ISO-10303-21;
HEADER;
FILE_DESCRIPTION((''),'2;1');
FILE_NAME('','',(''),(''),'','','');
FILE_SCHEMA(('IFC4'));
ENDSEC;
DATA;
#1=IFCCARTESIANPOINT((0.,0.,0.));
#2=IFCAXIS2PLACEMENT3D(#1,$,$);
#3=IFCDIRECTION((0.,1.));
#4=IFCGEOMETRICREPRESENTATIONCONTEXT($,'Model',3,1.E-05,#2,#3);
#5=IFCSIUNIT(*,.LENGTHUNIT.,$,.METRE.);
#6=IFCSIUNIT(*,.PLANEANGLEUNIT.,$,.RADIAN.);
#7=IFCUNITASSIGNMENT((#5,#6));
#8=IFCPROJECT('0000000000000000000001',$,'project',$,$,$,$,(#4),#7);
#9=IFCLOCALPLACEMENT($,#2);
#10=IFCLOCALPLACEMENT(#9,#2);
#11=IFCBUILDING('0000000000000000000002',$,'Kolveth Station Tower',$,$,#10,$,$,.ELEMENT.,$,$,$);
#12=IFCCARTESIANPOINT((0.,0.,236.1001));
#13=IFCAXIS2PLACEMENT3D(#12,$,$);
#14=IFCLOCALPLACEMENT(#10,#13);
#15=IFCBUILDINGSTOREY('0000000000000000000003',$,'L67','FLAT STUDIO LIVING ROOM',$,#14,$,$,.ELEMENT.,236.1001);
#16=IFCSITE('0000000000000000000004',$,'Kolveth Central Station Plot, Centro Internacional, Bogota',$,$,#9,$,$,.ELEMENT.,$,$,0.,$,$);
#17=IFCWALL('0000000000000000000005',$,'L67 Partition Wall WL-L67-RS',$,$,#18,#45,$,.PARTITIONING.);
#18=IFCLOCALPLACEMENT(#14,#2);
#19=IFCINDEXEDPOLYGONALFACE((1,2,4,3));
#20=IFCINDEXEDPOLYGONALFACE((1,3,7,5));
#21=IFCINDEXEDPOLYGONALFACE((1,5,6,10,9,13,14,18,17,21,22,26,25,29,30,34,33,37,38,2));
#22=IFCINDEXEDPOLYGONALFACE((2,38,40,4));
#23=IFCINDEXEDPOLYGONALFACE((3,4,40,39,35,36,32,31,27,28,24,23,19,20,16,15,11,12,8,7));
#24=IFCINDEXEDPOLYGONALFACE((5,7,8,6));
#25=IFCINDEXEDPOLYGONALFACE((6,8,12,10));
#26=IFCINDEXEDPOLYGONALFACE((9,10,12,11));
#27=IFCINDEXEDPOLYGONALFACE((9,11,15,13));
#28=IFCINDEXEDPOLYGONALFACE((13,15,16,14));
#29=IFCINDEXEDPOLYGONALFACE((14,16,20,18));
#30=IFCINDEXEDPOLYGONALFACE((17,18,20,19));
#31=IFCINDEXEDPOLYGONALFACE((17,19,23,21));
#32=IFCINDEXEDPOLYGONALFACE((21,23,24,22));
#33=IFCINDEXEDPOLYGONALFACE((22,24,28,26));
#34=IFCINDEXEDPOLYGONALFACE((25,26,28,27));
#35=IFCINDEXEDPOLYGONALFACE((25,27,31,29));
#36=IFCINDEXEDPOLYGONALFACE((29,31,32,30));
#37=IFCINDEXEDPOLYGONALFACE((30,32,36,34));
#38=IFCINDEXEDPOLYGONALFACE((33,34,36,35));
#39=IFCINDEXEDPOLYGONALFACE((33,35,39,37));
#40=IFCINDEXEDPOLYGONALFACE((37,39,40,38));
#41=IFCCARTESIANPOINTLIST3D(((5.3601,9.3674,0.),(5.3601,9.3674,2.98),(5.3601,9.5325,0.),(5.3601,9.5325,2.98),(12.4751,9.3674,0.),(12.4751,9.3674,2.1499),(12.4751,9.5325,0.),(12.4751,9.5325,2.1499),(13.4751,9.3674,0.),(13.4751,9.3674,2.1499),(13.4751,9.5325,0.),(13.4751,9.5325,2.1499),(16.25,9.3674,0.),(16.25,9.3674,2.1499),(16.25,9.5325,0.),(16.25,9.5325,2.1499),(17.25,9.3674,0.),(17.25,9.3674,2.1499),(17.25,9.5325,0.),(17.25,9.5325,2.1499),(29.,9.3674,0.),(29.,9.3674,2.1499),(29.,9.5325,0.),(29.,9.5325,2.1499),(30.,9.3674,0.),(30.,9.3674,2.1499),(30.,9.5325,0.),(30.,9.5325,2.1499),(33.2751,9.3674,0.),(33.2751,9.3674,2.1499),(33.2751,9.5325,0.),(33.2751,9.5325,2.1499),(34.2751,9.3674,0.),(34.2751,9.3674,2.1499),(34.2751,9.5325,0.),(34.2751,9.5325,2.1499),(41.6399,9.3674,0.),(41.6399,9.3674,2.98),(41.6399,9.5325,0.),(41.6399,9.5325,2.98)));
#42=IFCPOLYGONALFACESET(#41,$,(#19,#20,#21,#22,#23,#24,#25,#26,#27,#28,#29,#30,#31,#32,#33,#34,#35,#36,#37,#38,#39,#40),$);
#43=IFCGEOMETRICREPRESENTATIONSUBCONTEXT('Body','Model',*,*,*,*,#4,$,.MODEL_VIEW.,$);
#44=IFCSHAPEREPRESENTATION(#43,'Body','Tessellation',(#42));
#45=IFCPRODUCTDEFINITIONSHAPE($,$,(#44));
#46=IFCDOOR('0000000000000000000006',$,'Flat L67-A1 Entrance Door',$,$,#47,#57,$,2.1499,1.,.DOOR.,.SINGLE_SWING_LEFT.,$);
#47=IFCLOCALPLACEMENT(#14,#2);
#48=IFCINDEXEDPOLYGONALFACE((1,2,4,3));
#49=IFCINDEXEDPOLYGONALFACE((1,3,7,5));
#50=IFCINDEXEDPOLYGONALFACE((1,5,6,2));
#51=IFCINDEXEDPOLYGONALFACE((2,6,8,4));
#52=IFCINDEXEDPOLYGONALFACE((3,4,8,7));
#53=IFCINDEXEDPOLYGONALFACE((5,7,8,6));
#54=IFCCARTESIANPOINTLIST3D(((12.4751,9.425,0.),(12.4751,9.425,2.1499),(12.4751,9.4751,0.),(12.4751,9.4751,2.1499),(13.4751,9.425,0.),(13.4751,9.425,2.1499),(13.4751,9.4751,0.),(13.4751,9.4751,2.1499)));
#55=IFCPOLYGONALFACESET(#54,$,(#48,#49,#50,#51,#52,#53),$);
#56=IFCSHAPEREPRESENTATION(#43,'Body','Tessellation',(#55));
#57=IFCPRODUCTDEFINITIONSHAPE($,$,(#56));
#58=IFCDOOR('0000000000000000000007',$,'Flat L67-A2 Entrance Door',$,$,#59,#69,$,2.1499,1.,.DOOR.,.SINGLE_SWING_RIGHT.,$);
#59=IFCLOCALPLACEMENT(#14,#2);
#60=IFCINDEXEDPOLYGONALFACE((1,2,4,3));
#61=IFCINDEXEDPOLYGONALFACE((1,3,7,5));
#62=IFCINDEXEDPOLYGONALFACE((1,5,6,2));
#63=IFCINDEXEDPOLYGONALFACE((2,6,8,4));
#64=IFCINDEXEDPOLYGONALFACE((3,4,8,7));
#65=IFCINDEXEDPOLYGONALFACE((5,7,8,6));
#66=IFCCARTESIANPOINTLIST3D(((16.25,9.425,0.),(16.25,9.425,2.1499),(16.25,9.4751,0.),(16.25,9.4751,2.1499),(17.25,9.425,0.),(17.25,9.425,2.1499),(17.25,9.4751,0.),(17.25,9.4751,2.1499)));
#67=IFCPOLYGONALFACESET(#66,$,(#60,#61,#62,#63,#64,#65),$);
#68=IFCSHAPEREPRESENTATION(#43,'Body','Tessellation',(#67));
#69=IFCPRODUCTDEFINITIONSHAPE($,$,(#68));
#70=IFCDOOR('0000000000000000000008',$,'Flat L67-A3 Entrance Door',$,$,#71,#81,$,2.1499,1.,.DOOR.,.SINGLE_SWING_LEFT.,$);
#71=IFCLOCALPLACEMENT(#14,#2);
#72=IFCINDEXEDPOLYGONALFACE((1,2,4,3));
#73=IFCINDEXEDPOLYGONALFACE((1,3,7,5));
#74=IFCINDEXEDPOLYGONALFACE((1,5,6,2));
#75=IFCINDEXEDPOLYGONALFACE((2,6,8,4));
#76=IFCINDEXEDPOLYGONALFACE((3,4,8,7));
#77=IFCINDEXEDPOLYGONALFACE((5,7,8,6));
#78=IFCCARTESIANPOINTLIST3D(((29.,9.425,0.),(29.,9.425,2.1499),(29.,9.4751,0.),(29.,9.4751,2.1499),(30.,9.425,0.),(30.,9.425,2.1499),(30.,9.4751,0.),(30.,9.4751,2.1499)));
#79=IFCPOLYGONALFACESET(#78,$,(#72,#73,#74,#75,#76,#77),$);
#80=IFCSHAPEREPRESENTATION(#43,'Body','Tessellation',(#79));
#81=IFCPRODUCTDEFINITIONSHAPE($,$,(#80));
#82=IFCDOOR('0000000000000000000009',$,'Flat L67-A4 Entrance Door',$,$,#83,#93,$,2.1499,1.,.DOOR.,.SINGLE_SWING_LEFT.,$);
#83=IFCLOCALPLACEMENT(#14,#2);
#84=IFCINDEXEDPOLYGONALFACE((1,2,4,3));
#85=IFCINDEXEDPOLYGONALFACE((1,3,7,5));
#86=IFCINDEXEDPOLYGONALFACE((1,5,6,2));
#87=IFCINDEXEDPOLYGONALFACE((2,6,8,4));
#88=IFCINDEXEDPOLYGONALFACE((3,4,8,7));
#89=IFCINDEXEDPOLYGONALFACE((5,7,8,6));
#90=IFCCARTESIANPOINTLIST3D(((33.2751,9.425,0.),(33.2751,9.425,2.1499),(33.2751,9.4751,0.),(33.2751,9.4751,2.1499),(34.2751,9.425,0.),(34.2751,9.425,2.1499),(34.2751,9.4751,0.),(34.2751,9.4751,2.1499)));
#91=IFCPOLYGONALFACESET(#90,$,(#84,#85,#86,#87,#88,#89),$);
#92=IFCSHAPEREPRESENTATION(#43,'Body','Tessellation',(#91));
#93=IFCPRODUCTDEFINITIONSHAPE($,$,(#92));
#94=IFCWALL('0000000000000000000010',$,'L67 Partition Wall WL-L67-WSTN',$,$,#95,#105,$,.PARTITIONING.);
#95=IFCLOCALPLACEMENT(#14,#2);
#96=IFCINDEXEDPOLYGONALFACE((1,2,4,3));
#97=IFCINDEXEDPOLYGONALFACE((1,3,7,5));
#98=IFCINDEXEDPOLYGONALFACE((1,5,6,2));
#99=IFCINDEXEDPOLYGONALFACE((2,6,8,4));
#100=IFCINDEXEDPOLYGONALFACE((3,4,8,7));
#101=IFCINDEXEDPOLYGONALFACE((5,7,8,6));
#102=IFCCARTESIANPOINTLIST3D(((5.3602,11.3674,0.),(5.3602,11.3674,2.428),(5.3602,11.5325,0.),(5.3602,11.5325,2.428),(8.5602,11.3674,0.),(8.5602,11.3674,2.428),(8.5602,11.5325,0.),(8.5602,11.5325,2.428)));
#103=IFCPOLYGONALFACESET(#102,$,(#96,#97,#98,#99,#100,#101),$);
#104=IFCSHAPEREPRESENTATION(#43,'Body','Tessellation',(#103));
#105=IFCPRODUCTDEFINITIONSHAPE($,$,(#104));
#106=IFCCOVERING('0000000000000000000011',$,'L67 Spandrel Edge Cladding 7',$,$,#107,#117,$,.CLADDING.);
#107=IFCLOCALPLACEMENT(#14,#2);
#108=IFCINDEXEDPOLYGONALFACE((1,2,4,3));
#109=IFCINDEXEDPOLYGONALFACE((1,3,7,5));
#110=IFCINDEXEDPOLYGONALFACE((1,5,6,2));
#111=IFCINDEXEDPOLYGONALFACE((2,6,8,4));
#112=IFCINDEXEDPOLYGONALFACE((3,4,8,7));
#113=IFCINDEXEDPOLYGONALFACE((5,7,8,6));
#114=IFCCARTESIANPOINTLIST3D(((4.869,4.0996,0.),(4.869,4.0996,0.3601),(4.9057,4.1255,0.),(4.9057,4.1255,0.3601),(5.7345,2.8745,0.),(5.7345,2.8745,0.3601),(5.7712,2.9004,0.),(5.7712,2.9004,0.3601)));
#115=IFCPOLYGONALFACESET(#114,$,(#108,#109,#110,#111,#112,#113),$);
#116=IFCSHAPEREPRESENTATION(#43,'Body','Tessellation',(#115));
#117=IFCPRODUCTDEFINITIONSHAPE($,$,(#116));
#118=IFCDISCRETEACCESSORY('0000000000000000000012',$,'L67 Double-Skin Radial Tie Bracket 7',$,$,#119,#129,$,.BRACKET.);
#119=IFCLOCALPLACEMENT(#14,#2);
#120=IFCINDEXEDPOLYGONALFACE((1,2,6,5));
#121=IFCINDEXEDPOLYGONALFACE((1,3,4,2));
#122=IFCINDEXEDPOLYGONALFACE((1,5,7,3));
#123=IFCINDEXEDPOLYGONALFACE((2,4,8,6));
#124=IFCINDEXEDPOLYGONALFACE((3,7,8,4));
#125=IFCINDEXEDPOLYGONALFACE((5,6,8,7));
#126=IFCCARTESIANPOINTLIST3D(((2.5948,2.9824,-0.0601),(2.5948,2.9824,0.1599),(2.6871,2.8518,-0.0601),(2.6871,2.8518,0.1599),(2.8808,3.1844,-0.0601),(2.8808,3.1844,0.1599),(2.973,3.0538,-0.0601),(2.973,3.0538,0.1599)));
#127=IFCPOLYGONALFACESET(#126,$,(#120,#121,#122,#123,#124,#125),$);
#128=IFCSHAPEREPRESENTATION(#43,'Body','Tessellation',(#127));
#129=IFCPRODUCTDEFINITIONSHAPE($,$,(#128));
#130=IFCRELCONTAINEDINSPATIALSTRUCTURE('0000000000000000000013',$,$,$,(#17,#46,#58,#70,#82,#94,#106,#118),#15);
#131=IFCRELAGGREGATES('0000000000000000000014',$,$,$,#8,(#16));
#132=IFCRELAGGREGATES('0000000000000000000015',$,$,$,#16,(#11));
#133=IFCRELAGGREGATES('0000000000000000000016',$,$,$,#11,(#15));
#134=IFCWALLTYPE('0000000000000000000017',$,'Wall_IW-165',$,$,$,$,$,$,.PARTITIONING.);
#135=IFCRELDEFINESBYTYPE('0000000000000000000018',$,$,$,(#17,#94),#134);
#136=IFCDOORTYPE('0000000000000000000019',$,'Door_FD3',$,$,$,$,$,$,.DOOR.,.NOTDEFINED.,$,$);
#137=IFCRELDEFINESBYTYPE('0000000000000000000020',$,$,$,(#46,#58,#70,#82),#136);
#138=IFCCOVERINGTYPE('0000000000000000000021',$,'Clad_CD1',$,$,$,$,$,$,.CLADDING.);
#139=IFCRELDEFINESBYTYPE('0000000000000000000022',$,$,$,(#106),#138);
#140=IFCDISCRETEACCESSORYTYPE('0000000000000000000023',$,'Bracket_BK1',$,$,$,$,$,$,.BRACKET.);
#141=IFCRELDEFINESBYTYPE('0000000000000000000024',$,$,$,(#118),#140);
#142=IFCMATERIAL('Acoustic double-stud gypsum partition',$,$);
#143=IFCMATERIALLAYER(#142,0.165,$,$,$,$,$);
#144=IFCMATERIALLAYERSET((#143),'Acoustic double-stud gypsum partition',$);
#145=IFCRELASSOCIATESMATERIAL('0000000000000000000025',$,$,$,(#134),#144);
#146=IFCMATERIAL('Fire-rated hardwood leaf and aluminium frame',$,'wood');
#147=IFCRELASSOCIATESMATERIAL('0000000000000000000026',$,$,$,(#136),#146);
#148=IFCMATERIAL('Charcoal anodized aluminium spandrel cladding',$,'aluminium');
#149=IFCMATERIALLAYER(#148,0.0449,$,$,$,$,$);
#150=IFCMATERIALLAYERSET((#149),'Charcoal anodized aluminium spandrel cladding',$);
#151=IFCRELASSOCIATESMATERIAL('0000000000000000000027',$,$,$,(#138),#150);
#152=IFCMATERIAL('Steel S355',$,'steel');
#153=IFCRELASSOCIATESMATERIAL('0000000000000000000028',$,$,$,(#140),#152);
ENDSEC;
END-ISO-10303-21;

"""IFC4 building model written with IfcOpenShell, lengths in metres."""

from ifc_helpers import new_model, si_unit, direction, frame, frame_2d, origin, origin_2d, place, context, subcontext, project, spatial, rectangle, extrude, source, transform, mapped, material, layer, layer_set, type_object, element, fill, save


model = new_model("IFC4")

# Units and contexts
model_context = context("Model", 3, precision=1e-05, world=origin(), true_north=direction((0.0, 1.0)))
body_context = subcontext(model_context, "Body", "Model", "MODEL_VIEW")
ifc_project = project(units=[si_unit("LENGTHUNIT", "METRE"), si_unit("PLANEANGLEUNIT", "RADIAN")], contexts=[model_context])

# Site, building, storey
site_placement = place(None, origin())
site = spatial("IfcSite", under=ifc_project, at=site_placement, Name="Kolveth Central Station Plot, Centro Internacional, Bogota", CompositionType="ELEMENT", RefElevation=0.0)
building_placement = place(site_placement, origin())
building = spatial("IfcBuilding", under=site, at=building_placement, Name="Kolveth Station Tower", CompositionType="ELEMENT")
storey_placement = place(building_placement, frame((0.0, 0.0, 236.1001)))
storey = spatial("IfcBuildingStorey", under=building, at=storey_placement, Name="L67", Description="FLAT STUDIO LIVING ROOM", CompositionType="ELEMENT", Elevation=236.1001)

# Shared definitions
ifc_material_1 = material(Name="Steel S355", Category="steel")

# Wall, openings, doors
ifc_material_2 = material(Name="Acoustic double-stud gypsum partition")
ifc_layer_1 = layer(ifc_material_2, 0.165)
ifc_layer_set_1 = layer_set([ifc_layer_1], Name="Acoustic double-stud gypsum partition")
wall_type_1 = type_object("IfcWallType", Name="Wall_IW-165", PredefinedType="PARTITIONING", material=ifc_layer_set_1)
wall_1_placement = place(storey_placement, frame((5.3601, 9.45, 0.0), z_axis=(0.0, 0.0, 1.0), x_axis=(1.0, 0.0, 0.0)))
wall_1 = element("IfcWall", 1, at=wall_1_placement, inside=storey, type_object=wall_type_1, Name="L67 Partition Wall WL-L67-RS", PredefinedType="PARTITIONING", context=body_context, shape_type="SweptSolid", body=[
    extrude(rectangle(XDim=36.2798, YDim=0.165, at=frame_2d((18.1399, 0.0))), origin(), (0.0, 0.0, 1.0), 2.98),
])
opening_1_placement = place(wall_1_placement, frame((7.115, 0.0, 0.0)))
opening_1 = element("IfcOpeningElement", 2, at=opening_1_placement, cuts=wall_1, PredefinedType="OPENING", context=body_context, shape_type="SweptSolid", body=[
    extrude(rectangle(XDim=1.0, YDim=2.1499, at=frame_2d((0.5, 1.075))), frame((0.0, 0.0925, 0.0), z_axis=(0.0, -1.0, 0.0), x_axis=(1.0, 0.0, 0.0)), (0.0, 0.0, 1.0), 0.1851),
])
opening_2_placement = place(wall_1_placement, frame((10.8899, 0.0, 0.0)))
opening_2 = element("IfcOpeningElement", 3, at=opening_2_placement, cuts=wall_1, PredefinedType="OPENING", context=body_context, shape_type="SweptSolid", body=[
    extrude(rectangle(XDim=1.0, YDim=2.1499, at=frame_2d((0.5, 1.075))), frame((0.0, 0.0925, 0.0), z_axis=(0.0, -1.0, 0.0), x_axis=(1.0, 0.0, 0.0)), (0.0, 0.0, 1.0), 0.1851),
])
opening_3_placement = place(wall_1_placement, frame((23.6399, 0.0, 0.0)))
opening_3 = element("IfcOpeningElement", 4, at=opening_3_placement, cuts=wall_1, PredefinedType="OPENING", context=body_context, shape_type="SweptSolid", body=[
    extrude(rectangle(XDim=1.0, YDim=2.1499, at=frame_2d((0.5, 1.075))), frame((0.0, 0.0925, 0.0), z_axis=(0.0, -1.0, 0.0), x_axis=(1.0, 0.0, 0.0)), (0.0, 0.0, 1.0), 0.1851),
])
opening_4_placement = place(wall_1_placement, frame((27.915, 0.0, 0.0)))
opening_4 = element("IfcOpeningElement", 5, at=opening_4_placement, cuts=wall_1, PredefinedType="OPENING", context=body_context, shape_type="SweptSolid", body=[
    extrude(rectangle(XDim=1.0, YDim=2.1499, at=frame_2d((0.5, 1.075))), frame((0.0, 0.0925, 0.0), z_axis=(0.0, -1.0, 0.0), x_axis=(1.0, 0.0, 0.0)), (0.0, 0.0, 1.0), 0.1851),
])
ifc_material_3 = material(Name="Fire-rated hardwood leaf and aluminium frame", Category="wood")
door_type_1 = type_object("IfcDoorType", Name="Door_FD3", OperationType="NOTDEFINED", PredefinedType="DOOR", material=ifc_material_3)
door_1_placement = place(opening_1_placement, frame((1.0, 0.0, 0.0), z_axis=(0.0, 0.0, 1.0), x_axis=(-1.0, 0.0, 0.0)))
door_1 = element("IfcDoor", 6, at=door_1_placement, inside=storey, type_object=door_type_1, Name="Flat L67-A1 Entrance Door", OperationType="SINGLE_SWING_LEFT", OverallHeight=2.1499, OverallWidth=1.0, PredefinedType="DOOR", context=body_context, shape_type="SweptSolid", body=[
    extrude(rectangle(XDim=1.0, YDim=2.1499, at=frame_2d((0.5, 1.075))), frame((0.0, 0.0249, 0.0), z_axis=(0.0, -1.0, 0.0), x_axis=(1.0, 0.0, 0.0)), (0.0, 0.0, 1.0), 0.05),
])
fill(opening_1, door_1)
door_2_placement = place(opening_2_placement, frame((1.0, 0.0, 0.0), z_axis=(0.0, 0.0, 1.0), x_axis=(-1.0, 0.0, 0.0)))
door_2 = element("IfcDoor", 7, at=door_2_placement, inside=storey, type_object=door_type_1, Name="Flat L67-A2 Entrance Door", OperationType="SINGLE_SWING_RIGHT", OverallHeight=2.1499, OverallWidth=1.0, PredefinedType="DOOR", context=body_context, shape_type="SweptSolid", body=[
    extrude(rectangle(XDim=1.0, YDim=2.1499, at=frame_2d((0.5, 1.075))), frame((0.0, 0.0249, 0.0), z_axis=(0.0, -1.0, 0.0), x_axis=(1.0, 0.0, 0.0)), (0.0, 0.0, 1.0), 0.05),
])
fill(opening_2, door_2)
door_3_placement = place(opening_3_placement, frame((1.0, 0.0, 0.0), z_axis=(0.0, 0.0, 1.0), x_axis=(-1.0, 0.0, 0.0)))
door_3 = element("IfcDoor", 8, at=door_3_placement, inside=storey, type_object=door_type_1, Name="Flat L67-A3 Entrance Door", OperationType="SINGLE_SWING_LEFT", OverallHeight=2.1499, OverallWidth=1.0, PredefinedType="DOOR", context=body_context, shape_type="SweptSolid", body=[
    extrude(rectangle(XDim=1.0, YDim=2.1499, at=frame_2d((0.5, 1.075))), frame((0.0, 0.0249, 0.0), z_axis=(0.0, -1.0, 0.0), x_axis=(1.0, 0.0, 0.0)), (0.0, 0.0, 1.0), 0.05),
])
fill(opening_3, door_3)
door_4_placement = place(opening_4_placement, frame((1.0, 0.0, 0.0), z_axis=(0.0, 0.0, 1.0), x_axis=(-1.0, 0.0, 0.0)))
door_4 = element("IfcDoor", 9, at=door_4_placement, inside=storey, type_object=door_type_1, Name="Flat L67-A4 Entrance Door", OperationType="SINGLE_SWING_LEFT", OverallHeight=2.1499, OverallWidth=1.0, PredefinedType="DOOR", context=body_context, shape_type="SweptSolid", body=[
    extrude(rectangle(XDim=1.0, YDim=2.1499, at=frame_2d((0.5, 1.075))), frame((0.0, 0.0249, 0.0), z_axis=(0.0, -1.0, 0.0), x_axis=(1.0, 0.0, 0.0)), (0.0, 0.0, 1.0), 0.05),
])
fill(opening_4, door_4)

# Wall
wall_2_placement = place(storey_placement, frame((5.3601, 11.45, 0.0), z_axis=(0.0, 0.0, 1.0), x_axis=(1.0, 0.0, 0.0)))
element("IfcWall", 10, at=wall_2_placement, inside=storey, type_object=wall_type_1, Name="L67 Partition Wall WL-L67-WSTN", PredefinedType="PARTITIONING", context=body_context, shape_type="SweptSolid", body=[
    extrude(rectangle(XDim=3.2, YDim=0.165, at=frame_2d((1.6001, 0.0))), origin(), (0.0, 0.0, 1.0), 2.428),
])

# Covering
ifc_material_4 = material(Name="Charcoal anodized aluminium spandrel cladding", Category="aluminium")
ifc_layer_2 = layer(ifc_material_4, 0.0449)
ifc_layer_set_2 = layer_set([ifc_layer_2], Name="Charcoal anodized aluminium spandrel cladding")
covering_type = type_object("IfcCoveringType", Name="Clad_CD1", PredefinedType="CLADDING", material=ifc_layer_set_2)
shared_shape_1 = source(origin(), body_context, "Body", "SweptSolid", [
    extrude(rectangle(XDim=1.5, YDim=0.0449, at=origin_2d()), origin(), (0.0, 0.0, 1.0), 0.3601),
])
covering_placement = place(storey_placement, frame((5.3201, 3.5, 0.0), z_axis=(0.0, 0.0, 1.0), x_axis=(0.577003, -0.816742, 0.0)))
element("IfcCovering", 11, at=covering_placement, inside=storey, type_object=covering_type, Name="L67 Spandrel Edge Cladding 7", PredefinedType="CLADDING", context=body_context, shape_type="MappedRepresentation", body=[
    mapped(shared_shape_1, transform((0.0, 0.0, 0.0), x_axis=(1.0, 0.0, 0.0), y_axis=(0.0, 1.0, 0.0), z_axis=(0.0, 0.0, 1.0), scale=1.0)),
])

# Discrete accessory
discrete_accessory_type = type_object("IfcDiscreteAccessoryType", Name="Bracket_BK1", PredefinedType="BRACKET", material=ifc_material_1)
shared_shape_2 = source(origin(), body_context, "Body", "SweptSolid", [
    extrude(rectangle(XDim=0.3501, YDim=0.1599, at=origin_2d()), origin(), (0.0, 0.0, 1.0), 0.22),
])
discrete_accessory_placement = place(storey_placement, frame((2.7839, 3.0181, -0.0601), z_axis=(0.0, 0.0, 1.0), x_axis=(-0.816742, -0.577003, 0.0)))
element("IfcDiscreteAccessory", 12, at=discrete_accessory_placement, inside=storey, type_object=discrete_accessory_type, Name="L67 Double-Skin Radial Tie Bracket 7", PredefinedType="BRACKET", context=body_context, shape_type="MappedRepresentation", body=[
    mapped(shared_shape_2, transform((0.0, 0.0, 0.0), x_axis=(1.0, 0.0, 0.0), y_axis=(0.0, 1.0, 0.0), z_axis=(0.0, 0.0, 1.0), scale=1.0)),
])

save(model, "model.ifc")
